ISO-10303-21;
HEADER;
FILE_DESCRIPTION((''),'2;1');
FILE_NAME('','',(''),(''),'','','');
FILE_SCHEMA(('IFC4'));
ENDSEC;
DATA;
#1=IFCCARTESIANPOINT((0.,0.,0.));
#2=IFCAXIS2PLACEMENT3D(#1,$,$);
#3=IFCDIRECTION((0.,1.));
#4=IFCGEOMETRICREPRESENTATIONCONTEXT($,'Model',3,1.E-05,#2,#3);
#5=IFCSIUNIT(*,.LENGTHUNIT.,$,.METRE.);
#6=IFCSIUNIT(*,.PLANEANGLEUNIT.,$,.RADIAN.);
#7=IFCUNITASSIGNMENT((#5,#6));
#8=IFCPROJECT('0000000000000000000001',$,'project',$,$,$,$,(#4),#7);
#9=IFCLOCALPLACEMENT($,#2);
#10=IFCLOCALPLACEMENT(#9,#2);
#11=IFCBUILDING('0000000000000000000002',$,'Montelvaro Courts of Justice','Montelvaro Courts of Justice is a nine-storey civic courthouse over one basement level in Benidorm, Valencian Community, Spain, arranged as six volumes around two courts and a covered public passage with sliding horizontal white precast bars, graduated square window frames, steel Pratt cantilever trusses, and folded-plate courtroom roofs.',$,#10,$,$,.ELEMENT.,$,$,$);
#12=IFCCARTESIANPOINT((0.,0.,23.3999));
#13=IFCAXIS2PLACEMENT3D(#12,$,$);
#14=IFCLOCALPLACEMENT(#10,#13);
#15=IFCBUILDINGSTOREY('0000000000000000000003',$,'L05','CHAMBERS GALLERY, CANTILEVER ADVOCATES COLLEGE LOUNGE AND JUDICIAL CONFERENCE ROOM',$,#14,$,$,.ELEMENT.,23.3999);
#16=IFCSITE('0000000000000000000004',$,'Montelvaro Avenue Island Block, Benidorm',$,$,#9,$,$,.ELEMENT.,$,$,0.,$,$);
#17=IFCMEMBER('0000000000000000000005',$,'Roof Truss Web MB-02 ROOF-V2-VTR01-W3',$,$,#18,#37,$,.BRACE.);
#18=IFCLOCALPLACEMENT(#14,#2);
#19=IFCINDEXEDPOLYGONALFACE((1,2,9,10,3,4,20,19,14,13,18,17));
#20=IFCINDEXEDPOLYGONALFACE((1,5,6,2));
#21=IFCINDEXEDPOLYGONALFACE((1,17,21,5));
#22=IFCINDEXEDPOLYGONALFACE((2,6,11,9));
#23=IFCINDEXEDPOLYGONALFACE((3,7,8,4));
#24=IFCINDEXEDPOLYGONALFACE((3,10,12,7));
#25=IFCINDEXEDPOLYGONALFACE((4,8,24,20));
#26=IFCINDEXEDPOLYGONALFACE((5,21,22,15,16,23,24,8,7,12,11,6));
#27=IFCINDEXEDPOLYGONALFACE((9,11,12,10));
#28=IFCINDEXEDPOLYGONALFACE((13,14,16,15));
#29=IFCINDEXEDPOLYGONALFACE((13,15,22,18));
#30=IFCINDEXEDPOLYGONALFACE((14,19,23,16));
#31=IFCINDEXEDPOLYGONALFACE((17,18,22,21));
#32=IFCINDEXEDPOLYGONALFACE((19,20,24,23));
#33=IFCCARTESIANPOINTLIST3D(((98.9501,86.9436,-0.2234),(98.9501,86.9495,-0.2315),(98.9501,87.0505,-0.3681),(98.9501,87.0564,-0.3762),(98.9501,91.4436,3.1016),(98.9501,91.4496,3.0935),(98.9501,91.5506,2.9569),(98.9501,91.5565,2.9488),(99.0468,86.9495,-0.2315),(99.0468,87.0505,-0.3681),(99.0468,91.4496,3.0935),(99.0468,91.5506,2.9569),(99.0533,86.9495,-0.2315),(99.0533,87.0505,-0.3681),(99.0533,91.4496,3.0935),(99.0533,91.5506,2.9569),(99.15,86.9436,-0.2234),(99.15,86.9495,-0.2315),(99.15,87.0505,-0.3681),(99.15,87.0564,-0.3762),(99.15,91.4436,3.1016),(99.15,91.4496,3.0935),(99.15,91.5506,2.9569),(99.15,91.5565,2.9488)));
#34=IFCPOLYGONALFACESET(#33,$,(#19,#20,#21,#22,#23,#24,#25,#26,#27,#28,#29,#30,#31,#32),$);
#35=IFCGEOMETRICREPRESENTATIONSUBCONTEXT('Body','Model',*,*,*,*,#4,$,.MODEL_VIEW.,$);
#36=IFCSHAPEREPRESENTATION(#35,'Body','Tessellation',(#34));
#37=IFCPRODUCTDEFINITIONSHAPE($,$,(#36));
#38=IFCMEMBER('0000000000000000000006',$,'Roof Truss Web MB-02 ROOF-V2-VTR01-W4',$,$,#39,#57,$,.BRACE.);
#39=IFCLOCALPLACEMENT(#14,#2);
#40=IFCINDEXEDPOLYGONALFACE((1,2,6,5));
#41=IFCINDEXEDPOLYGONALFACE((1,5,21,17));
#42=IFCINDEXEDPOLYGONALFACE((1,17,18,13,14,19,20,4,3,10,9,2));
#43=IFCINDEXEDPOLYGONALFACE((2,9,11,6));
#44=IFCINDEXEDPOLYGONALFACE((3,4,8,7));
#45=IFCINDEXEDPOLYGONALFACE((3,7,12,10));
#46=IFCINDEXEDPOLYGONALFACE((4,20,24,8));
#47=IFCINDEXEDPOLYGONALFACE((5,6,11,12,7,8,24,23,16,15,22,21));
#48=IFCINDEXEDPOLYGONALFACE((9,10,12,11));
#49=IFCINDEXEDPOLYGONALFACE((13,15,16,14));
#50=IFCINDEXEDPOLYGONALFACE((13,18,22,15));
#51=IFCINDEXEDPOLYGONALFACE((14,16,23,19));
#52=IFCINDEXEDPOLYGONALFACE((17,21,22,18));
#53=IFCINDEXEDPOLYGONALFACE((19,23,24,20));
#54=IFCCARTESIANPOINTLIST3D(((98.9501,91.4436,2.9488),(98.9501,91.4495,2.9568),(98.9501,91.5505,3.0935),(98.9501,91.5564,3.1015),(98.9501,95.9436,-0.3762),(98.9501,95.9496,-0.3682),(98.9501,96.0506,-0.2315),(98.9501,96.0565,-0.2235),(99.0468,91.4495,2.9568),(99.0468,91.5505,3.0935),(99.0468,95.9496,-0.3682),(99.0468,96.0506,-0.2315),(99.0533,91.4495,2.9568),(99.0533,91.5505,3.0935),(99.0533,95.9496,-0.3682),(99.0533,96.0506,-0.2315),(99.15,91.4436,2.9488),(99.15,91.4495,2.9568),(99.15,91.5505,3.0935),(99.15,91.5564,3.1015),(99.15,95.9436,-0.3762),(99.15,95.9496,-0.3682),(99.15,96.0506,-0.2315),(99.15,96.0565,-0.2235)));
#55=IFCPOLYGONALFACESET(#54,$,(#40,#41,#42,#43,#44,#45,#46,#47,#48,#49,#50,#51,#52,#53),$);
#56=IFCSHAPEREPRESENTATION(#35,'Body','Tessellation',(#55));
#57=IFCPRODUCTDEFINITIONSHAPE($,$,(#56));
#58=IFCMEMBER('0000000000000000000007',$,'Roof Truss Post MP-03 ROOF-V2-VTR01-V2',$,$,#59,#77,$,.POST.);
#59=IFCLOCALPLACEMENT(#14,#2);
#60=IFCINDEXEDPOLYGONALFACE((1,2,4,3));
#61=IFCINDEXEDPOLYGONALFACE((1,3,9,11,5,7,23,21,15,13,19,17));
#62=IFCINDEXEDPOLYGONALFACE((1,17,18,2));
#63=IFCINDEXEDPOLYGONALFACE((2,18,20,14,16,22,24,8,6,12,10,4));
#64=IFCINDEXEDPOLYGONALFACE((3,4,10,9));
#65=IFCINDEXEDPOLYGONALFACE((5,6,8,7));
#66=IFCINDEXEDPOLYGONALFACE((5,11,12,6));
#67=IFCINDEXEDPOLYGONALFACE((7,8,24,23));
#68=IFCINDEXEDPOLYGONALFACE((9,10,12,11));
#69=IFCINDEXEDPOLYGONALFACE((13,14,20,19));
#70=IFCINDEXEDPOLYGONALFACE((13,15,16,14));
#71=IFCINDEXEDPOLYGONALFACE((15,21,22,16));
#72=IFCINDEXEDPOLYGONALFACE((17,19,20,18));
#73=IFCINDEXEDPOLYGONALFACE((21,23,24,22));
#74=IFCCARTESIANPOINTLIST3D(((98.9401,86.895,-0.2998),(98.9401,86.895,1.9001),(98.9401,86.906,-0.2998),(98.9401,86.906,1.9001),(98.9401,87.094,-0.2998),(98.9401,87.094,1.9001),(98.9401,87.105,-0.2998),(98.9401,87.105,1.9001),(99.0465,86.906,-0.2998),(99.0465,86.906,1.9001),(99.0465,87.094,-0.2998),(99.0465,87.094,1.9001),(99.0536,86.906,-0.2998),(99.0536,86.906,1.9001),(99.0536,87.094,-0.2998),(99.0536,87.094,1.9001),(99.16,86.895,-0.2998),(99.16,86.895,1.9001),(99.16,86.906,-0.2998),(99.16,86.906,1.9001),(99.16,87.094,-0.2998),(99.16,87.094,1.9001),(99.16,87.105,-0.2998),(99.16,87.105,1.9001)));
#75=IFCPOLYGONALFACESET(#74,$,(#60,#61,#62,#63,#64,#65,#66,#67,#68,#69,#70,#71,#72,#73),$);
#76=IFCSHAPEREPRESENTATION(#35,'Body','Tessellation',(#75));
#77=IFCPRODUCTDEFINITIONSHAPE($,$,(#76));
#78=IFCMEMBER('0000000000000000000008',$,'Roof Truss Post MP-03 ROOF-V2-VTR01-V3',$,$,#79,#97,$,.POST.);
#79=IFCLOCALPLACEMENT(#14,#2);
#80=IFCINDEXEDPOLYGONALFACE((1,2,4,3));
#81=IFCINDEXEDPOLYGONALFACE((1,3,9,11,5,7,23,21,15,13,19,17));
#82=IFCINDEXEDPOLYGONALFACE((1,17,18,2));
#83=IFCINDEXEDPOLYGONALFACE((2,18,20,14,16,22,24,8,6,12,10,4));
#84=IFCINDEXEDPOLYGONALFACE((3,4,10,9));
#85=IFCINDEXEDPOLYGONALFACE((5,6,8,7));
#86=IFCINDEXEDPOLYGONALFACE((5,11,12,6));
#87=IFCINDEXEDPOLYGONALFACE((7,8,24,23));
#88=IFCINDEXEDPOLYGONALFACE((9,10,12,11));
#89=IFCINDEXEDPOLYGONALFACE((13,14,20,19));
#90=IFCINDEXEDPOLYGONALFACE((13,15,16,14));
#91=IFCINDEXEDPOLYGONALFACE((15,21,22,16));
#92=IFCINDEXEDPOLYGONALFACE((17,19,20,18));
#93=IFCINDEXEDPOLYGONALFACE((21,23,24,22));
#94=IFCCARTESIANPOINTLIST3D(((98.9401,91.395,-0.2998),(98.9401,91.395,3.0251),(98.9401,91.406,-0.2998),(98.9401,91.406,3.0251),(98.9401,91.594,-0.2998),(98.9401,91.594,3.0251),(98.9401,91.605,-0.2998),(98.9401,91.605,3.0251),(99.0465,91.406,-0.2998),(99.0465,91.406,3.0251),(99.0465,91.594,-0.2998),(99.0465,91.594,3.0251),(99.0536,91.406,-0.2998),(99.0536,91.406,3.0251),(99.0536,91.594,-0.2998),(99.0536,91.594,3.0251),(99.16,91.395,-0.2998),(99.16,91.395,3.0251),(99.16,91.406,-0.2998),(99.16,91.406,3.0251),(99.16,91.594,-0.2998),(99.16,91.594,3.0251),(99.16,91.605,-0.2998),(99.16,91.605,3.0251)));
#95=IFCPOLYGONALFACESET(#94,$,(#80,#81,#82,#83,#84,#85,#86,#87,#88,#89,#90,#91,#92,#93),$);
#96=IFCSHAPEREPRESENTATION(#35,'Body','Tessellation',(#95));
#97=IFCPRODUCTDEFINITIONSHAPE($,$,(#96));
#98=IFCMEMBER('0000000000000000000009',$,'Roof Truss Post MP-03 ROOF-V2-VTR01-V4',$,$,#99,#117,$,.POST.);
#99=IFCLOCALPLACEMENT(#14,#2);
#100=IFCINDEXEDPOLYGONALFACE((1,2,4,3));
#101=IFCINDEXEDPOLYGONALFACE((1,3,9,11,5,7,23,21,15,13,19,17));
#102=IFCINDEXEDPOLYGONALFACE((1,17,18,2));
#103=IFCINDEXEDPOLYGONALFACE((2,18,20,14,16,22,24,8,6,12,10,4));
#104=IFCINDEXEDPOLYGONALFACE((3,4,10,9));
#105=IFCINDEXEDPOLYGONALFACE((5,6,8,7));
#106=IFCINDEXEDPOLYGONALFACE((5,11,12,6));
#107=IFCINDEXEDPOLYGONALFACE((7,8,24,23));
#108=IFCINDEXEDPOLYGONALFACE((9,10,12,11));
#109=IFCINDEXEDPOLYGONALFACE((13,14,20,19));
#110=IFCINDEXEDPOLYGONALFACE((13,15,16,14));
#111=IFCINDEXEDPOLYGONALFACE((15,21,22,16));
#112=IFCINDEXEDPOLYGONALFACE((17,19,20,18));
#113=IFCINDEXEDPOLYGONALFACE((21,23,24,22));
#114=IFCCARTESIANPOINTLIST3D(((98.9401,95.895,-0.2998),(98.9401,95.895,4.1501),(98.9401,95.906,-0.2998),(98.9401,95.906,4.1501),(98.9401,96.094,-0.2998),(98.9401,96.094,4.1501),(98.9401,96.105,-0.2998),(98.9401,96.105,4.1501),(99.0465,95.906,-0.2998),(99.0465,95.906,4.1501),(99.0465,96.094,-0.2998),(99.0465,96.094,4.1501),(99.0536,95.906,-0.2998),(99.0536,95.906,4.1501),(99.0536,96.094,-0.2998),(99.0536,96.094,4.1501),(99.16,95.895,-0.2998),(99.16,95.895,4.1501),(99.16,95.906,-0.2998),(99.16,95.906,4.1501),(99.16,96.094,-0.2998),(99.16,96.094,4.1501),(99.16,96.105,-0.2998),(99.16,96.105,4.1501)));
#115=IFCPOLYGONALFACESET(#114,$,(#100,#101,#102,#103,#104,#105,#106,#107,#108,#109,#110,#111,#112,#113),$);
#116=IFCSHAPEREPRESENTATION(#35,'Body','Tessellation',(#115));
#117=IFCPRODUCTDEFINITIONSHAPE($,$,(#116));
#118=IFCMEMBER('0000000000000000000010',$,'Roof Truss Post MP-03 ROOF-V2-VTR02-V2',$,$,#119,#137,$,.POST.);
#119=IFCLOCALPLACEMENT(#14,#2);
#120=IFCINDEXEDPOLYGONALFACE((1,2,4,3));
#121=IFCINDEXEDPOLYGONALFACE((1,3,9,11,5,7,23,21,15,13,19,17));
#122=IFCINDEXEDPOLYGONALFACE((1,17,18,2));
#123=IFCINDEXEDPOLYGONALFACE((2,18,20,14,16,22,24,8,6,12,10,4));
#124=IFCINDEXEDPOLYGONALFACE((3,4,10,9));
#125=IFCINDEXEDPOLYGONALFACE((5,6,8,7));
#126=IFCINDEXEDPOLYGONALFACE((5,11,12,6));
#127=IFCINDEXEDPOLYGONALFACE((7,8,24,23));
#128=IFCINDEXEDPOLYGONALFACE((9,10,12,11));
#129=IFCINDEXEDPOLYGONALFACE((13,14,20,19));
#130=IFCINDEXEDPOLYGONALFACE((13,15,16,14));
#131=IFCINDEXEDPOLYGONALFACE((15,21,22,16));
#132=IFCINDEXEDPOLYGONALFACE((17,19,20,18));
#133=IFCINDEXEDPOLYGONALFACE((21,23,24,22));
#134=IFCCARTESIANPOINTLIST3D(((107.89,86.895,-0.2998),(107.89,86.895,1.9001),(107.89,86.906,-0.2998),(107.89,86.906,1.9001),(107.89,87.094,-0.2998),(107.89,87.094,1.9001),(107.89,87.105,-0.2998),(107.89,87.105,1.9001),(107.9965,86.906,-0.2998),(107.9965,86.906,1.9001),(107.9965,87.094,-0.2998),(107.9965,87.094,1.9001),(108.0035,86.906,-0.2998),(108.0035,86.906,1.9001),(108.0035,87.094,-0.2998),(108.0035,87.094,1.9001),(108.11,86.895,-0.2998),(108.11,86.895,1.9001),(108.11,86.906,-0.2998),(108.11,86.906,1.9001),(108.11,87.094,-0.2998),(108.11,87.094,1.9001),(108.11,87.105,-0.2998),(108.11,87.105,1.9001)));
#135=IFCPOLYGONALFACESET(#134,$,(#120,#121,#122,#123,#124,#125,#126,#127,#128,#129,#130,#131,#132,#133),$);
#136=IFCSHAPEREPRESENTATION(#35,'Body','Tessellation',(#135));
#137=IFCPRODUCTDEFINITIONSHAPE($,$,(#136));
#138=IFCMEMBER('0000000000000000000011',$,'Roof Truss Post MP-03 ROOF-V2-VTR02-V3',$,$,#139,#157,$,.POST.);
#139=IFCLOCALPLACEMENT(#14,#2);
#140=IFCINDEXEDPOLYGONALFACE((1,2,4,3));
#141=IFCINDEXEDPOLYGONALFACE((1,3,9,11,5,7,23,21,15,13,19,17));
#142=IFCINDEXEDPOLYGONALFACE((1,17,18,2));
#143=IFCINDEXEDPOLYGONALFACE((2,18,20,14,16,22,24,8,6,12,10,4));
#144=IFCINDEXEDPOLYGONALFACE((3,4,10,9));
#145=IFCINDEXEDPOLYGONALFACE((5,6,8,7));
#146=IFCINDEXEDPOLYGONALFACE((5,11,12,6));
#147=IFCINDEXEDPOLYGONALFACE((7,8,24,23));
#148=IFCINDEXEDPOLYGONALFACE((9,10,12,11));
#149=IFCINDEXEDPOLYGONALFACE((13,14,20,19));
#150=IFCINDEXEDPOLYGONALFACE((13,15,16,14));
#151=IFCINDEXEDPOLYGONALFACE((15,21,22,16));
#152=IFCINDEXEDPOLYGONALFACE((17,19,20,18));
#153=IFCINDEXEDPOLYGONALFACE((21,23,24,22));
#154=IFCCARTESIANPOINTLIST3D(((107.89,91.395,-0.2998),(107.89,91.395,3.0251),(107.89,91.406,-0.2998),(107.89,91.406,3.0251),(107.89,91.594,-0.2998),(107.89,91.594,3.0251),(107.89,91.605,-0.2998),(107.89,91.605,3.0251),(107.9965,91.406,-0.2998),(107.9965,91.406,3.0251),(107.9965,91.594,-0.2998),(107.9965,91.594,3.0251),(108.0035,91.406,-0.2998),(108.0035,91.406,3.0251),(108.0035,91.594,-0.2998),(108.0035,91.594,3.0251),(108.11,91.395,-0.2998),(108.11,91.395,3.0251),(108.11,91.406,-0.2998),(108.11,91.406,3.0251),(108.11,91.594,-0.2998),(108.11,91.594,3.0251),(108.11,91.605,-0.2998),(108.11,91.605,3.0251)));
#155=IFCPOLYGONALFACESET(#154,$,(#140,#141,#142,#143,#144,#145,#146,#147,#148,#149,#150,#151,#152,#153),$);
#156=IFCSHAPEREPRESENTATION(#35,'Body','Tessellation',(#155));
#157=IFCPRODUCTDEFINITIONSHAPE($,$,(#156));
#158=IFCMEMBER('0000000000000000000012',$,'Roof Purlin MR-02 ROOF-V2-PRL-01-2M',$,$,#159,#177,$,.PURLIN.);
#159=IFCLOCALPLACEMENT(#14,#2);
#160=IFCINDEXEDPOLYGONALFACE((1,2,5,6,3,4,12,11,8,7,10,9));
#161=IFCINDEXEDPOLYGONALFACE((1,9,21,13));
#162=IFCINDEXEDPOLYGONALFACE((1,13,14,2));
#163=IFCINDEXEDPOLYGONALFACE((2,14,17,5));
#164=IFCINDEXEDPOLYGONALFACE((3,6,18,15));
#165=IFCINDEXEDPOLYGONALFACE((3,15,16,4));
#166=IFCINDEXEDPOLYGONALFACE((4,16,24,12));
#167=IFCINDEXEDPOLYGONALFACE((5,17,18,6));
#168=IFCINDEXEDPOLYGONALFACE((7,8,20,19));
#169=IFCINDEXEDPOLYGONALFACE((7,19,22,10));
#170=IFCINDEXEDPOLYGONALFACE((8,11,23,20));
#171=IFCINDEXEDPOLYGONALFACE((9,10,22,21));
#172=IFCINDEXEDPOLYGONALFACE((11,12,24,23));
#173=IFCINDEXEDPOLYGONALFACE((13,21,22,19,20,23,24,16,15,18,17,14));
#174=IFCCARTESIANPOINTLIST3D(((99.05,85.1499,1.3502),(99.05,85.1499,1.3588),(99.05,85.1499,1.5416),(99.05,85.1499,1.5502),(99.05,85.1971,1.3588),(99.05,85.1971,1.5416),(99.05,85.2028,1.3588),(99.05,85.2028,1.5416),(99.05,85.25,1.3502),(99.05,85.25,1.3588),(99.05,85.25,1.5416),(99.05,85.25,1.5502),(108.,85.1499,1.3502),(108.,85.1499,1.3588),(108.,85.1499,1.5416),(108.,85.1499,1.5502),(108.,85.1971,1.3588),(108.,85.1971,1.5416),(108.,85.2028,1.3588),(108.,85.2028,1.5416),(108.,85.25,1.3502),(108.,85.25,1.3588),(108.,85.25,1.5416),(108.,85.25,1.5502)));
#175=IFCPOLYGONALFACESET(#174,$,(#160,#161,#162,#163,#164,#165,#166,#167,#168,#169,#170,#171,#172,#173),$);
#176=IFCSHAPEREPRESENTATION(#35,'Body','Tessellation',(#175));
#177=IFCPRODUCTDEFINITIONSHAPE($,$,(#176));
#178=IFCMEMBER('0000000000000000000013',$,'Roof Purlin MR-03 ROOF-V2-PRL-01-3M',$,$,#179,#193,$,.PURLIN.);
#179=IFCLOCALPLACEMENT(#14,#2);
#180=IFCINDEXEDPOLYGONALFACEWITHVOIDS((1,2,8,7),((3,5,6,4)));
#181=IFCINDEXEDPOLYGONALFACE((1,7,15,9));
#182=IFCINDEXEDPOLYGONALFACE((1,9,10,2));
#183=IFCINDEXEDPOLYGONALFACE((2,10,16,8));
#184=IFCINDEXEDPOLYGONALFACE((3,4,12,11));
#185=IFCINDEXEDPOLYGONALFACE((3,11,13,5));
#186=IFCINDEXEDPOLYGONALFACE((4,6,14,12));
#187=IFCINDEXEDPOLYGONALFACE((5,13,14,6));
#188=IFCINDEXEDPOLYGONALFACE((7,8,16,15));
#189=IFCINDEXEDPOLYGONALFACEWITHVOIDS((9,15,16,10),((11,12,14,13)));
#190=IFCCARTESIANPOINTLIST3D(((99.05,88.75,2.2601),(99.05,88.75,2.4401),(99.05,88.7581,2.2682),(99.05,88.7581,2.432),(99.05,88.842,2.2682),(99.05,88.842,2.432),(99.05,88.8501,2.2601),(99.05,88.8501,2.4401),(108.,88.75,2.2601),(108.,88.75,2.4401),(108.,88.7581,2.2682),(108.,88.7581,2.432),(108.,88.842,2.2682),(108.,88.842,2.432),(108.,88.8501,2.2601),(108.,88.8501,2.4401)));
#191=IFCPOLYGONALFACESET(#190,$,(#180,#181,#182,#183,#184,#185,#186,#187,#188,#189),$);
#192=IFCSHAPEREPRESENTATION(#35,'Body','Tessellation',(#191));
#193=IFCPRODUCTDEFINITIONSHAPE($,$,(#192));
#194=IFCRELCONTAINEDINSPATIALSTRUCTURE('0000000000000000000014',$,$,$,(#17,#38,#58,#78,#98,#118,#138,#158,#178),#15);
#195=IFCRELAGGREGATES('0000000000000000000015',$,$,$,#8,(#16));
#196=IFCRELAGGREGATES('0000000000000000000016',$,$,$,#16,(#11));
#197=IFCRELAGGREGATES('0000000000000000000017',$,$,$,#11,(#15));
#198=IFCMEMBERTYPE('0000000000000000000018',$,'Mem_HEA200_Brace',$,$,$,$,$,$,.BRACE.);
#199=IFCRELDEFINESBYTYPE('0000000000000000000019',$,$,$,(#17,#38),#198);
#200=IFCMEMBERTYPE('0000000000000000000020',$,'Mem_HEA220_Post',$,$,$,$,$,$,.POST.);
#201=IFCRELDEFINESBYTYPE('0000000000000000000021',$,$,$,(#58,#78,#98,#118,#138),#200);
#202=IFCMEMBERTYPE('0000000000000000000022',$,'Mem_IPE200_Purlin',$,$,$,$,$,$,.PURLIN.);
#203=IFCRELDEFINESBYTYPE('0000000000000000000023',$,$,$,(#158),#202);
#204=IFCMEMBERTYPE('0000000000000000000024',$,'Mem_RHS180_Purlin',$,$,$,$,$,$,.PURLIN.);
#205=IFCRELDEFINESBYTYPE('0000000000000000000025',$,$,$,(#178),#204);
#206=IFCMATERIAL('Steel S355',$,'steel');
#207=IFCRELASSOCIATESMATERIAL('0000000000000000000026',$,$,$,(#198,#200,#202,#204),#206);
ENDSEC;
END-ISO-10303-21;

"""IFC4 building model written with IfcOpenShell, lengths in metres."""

from ifc_helpers import new_model, si_unit, direction, frame, origin, origin_2d, place, context, subcontext, project, spatial, hollow_rectangle, i_section, extrude, material, material_profile, profile_set, type_object, element, save


model = new_model("IFC4")

# Units and contexts
model_context = context("Model", 3, precision=1e-05, world=origin(), true_north=direction((0.0, 1.0)))
body_context = subcontext(model_context, "Body", "Model", "MODEL_VIEW")
ifc_project = project(units=[si_unit("LENGTHUNIT", "METRE"), si_unit("PLANEANGLEUNIT", "RADIAN")], contexts=[model_context])

# Site, building, storey
site_placement = place(None, origin())
site = spatial("IfcSite", under=ifc_project, at=site_placement, Name="Montelvaro Avenue Island Block, Benidorm", CompositionType="ELEMENT", RefElevation=0.0)
building_placement = place(site_placement, origin())
building = spatial("IfcBuilding", under=site, at=building_placement, Name="Montelvaro Courts of Justice", Description="Montelvaro Courts of Justice is a nine-storey civic courthouse over one basement level in Benidorm, Valencian Community, Spain, arranged as six volumes around two courts and a covered public passage with sliding horizontal white precast bars, graduated square window frames, steel Pratt cantilever trusses, and folded-plate courtroom roofs.", CompositionType="ELEMENT")
storey_placement = place(building_placement, frame((0.0, 0.0, 23.3999)))
storey = spatial("IfcBuildingStorey", under=building, at=storey_placement, Name="L05", Description="CHAMBERS GALLERY, CANTILEVER ADVOCATES COLLEGE LOUNGE AND JUDICIAL CONFERENCE ROOM", CompositionType="ELEMENT", Elevation=23.3999)

# Members
ifc_material = material(Name="Steel S355", Category="steel")
ifc_material_profile_1 = material_profile(ifc_material, i_section(OverallWidth=0.2, OverallDepth=0.1899, WebThickness=0.0066, FlangeThickness=0.01, at=origin_2d()), Name="HEA 200")
ifc_profile_set_1 = profile_set([ifc_material_profile_1], Name="Steel S355")
member_type_1 = type_object("IfcMemberType", Name="Mem_HEA200_Brace", PredefinedType="BRACE", material=ifc_profile_set_1)
for number, where, z_axis, x_axis, name in (
    (1, (99.05, 87.0, -0.2998), (0.0, 0.804273, 0.59426), (-1.0, 0.0, 0.0), "Roof Truss Web MB-02 ROOF-V2-VTR01-W3"),
    (2, (99.05, 91.5, 3.0251), (0.0, 0.804273, -0.59426), (-1.0, 0.0, 0.0), "Roof Truss Web MB-02 ROOF-V2-VTR01-W4"),
):
    element("IfcMember", number, at=place(storey_placement, frame(where, z_axis=z_axis, x_axis=x_axis)), inside=storey, type_object=member_type_1, Name=name, PredefinedType="BRACE", context=body_context, shape_type="SweptSolid", body=[
        extrude(i_section(OverallWidth=0.2, OverallDepth=0.1899, WebThickness=0.0066, FlangeThickness=0.01, at=origin_2d()), origin(), (0.0, 0.0, 1.0), 5.5952),
    ])
ifc_material_profile_2 = material_profile(ifc_material, i_section(OverallWidth=0.22, OverallDepth=0.21, WebThickness=0.0071, FlangeThickness=0.011, at=origin_2d()), Name="HEA 220")
ifc_profile_set_2 = profile_set([ifc_material_profile_2], Name="Steel S355")
member_type_2 = type_object("IfcMemberType", Name="Mem_HEA220_Post", PredefinedType="POST", material=ifc_profile_set_2)
member_1_placement = place(storey_placement, frame((99.05, 87.0, -0.2998), z_axis=(0.0, 0.0, 1.0), x_axis=(1.0, 0.0, 0.0)))
element("IfcMember", 3, at=member_1_placement, inside=storey, type_object=member_type_2, Name="Roof Truss Post MP-03 ROOF-V2-VTR01-V2", PredefinedType="POST", context=body_context, shape_type="SweptSolid", body=[
    extrude(i_section(OverallWidth=0.22, OverallDepth=0.21, WebThickness=0.0071, FlangeThickness=0.011, at=origin_2d()), origin(), (0.0, 0.0, 1.0), 2.2),
])
member_2_placement = place(storey_placement, frame((99.05, 91.5, -0.2998), z_axis=(0.0, 0.0, 1.0), x_axis=(1.0, 0.0, 0.0)))
element("IfcMember", 4, at=member_2_placement, inside=storey, type_object=member_type_2, Name="Roof Truss Post MP-03 ROOF-V2-VTR01-V3", PredefinedType="POST", context=body_context, shape_type="SweptSolid", body=[
    extrude(i_section(OverallWidth=0.22, OverallDepth=0.21, WebThickness=0.0071, FlangeThickness=0.011, at=origin_2d()), origin(), (0.0, 0.0, 1.0), 3.325),
])
member_3_placement = place(storey_placement, frame((99.05, 96.0, -0.2998), z_axis=(0.0, 0.0, 1.0), x_axis=(1.0, 0.0, 0.0)))
element("IfcMember", 5, at=member_3_placement, inside=storey, type_object=member_type_2, Name="Roof Truss Post MP-03 ROOF-V2-VTR01-V4", PredefinedType="POST", context=body_context, shape_type="SweptSolid", body=[
    extrude(i_section(OverallWidth=0.22, OverallDepth=0.21, WebThickness=0.0071, FlangeThickness=0.011, at=origin_2d()), origin(), (0.0, 0.0, 1.0), 4.45),
])
member_4_placement = place(storey_placement, frame((108.0, 87.0, -0.2998), z_axis=(0.0, 0.0, 1.0), x_axis=(1.0, 0.0, 0.0)))
element("IfcMember", 6, at=member_4_placement, inside=storey, type_object=member_type_2, Name="Roof Truss Post MP-03 ROOF-V2-VTR02-V2", PredefinedType="POST", context=body_context, shape_type="SweptSolid", body=[
    extrude(i_section(OverallWidth=0.22, OverallDepth=0.21, WebThickness=0.0071, FlangeThickness=0.011, at=origin_2d()), origin(), (0.0, 0.0, 1.0), 2.2),
])
member_5_placement = place(storey_placement, frame((108.0, 91.5, -0.2998), z_axis=(0.0, 0.0, 1.0), x_axis=(1.0, 0.0, 0.0)))
element("IfcMember", 7, at=member_5_placement, inside=storey, type_object=member_type_2, Name="Roof Truss Post MP-03 ROOF-V2-VTR02-V3", PredefinedType="POST", context=body_context, shape_type="SweptSolid", body=[
    extrude(i_section(OverallWidth=0.22, OverallDepth=0.21, WebThickness=0.0071, FlangeThickness=0.011, at=origin_2d()), origin(), (0.0, 0.0, 1.0), 3.325),
])
ifc_material_profile_3 = material_profile(ifc_material, i_section(OverallWidth=0.1001, OverallDepth=0.2, WebThickness=0.0056, FlangeThickness=0.0085, at=origin_2d()), Name="IPE 200")
ifc_profile_set_3 = profile_set([ifc_material_profile_3], Name="Steel S355")
member_type_3 = type_object("IfcMemberType", Name="Mem_IPE200_Purlin", PredefinedType="PURLIN", material=ifc_profile_set_3)
member_6_placement = place(storey_placement, frame((99.05, 85.2, 1.4502), z_axis=(1.0, 0.0, 0.0), x_axis=(0.0, 1.0, 0.0)))
element("IfcMember", 8, at=member_6_placement, inside=storey, type_object=member_type_3, Name="Roof Purlin MR-02 ROOF-V2-PRL-01-2M", PredefinedType="PURLIN", context=body_context, shape_type="SweptSolid", body=[
    extrude(i_section(OverallWidth=0.1001, OverallDepth=0.2, WebThickness=0.0056, FlangeThickness=0.0085, at=origin_2d()), origin(), (0.0, 0.0, 1.0), 8.95),
])
ifc_material_profile_4 = material_profile(ifc_material, hollow_rectangle(XDim=0.1001, YDim=0.1799, WallThickness=0.0081, at=origin_2d()), Name="RHS 180x100x8")
ifc_profile_set_4 = profile_set([ifc_material_profile_4], Name="Steel S355")
member_type_4 = type_object("IfcMemberType", Name="Mem_RHS180_Purlin", PredefinedType="PURLIN", material=ifc_profile_set_4)
member_7_placement = place(storey_placement, frame((99.05, 88.8, 2.3501), z_axis=(1.0, 0.0, 0.0), x_axis=(0.0, 1.0, 0.0)))
element("IfcMember", 9, at=member_7_placement, inside=storey, type_object=member_type_4, Name="Roof Purlin MR-03 ROOF-V2-PRL-01-3M", PredefinedType="PURLIN", context=body_context, shape_type="SweptSolid", body=[
    extrude(hollow_rectangle(XDim=0.1001, YDim=0.1799, WallThickness=0.0081, at=origin_2d()), origin(), (0.0, 0.0, 1.0), 8.95),
])

save(model, "model.ifc")
